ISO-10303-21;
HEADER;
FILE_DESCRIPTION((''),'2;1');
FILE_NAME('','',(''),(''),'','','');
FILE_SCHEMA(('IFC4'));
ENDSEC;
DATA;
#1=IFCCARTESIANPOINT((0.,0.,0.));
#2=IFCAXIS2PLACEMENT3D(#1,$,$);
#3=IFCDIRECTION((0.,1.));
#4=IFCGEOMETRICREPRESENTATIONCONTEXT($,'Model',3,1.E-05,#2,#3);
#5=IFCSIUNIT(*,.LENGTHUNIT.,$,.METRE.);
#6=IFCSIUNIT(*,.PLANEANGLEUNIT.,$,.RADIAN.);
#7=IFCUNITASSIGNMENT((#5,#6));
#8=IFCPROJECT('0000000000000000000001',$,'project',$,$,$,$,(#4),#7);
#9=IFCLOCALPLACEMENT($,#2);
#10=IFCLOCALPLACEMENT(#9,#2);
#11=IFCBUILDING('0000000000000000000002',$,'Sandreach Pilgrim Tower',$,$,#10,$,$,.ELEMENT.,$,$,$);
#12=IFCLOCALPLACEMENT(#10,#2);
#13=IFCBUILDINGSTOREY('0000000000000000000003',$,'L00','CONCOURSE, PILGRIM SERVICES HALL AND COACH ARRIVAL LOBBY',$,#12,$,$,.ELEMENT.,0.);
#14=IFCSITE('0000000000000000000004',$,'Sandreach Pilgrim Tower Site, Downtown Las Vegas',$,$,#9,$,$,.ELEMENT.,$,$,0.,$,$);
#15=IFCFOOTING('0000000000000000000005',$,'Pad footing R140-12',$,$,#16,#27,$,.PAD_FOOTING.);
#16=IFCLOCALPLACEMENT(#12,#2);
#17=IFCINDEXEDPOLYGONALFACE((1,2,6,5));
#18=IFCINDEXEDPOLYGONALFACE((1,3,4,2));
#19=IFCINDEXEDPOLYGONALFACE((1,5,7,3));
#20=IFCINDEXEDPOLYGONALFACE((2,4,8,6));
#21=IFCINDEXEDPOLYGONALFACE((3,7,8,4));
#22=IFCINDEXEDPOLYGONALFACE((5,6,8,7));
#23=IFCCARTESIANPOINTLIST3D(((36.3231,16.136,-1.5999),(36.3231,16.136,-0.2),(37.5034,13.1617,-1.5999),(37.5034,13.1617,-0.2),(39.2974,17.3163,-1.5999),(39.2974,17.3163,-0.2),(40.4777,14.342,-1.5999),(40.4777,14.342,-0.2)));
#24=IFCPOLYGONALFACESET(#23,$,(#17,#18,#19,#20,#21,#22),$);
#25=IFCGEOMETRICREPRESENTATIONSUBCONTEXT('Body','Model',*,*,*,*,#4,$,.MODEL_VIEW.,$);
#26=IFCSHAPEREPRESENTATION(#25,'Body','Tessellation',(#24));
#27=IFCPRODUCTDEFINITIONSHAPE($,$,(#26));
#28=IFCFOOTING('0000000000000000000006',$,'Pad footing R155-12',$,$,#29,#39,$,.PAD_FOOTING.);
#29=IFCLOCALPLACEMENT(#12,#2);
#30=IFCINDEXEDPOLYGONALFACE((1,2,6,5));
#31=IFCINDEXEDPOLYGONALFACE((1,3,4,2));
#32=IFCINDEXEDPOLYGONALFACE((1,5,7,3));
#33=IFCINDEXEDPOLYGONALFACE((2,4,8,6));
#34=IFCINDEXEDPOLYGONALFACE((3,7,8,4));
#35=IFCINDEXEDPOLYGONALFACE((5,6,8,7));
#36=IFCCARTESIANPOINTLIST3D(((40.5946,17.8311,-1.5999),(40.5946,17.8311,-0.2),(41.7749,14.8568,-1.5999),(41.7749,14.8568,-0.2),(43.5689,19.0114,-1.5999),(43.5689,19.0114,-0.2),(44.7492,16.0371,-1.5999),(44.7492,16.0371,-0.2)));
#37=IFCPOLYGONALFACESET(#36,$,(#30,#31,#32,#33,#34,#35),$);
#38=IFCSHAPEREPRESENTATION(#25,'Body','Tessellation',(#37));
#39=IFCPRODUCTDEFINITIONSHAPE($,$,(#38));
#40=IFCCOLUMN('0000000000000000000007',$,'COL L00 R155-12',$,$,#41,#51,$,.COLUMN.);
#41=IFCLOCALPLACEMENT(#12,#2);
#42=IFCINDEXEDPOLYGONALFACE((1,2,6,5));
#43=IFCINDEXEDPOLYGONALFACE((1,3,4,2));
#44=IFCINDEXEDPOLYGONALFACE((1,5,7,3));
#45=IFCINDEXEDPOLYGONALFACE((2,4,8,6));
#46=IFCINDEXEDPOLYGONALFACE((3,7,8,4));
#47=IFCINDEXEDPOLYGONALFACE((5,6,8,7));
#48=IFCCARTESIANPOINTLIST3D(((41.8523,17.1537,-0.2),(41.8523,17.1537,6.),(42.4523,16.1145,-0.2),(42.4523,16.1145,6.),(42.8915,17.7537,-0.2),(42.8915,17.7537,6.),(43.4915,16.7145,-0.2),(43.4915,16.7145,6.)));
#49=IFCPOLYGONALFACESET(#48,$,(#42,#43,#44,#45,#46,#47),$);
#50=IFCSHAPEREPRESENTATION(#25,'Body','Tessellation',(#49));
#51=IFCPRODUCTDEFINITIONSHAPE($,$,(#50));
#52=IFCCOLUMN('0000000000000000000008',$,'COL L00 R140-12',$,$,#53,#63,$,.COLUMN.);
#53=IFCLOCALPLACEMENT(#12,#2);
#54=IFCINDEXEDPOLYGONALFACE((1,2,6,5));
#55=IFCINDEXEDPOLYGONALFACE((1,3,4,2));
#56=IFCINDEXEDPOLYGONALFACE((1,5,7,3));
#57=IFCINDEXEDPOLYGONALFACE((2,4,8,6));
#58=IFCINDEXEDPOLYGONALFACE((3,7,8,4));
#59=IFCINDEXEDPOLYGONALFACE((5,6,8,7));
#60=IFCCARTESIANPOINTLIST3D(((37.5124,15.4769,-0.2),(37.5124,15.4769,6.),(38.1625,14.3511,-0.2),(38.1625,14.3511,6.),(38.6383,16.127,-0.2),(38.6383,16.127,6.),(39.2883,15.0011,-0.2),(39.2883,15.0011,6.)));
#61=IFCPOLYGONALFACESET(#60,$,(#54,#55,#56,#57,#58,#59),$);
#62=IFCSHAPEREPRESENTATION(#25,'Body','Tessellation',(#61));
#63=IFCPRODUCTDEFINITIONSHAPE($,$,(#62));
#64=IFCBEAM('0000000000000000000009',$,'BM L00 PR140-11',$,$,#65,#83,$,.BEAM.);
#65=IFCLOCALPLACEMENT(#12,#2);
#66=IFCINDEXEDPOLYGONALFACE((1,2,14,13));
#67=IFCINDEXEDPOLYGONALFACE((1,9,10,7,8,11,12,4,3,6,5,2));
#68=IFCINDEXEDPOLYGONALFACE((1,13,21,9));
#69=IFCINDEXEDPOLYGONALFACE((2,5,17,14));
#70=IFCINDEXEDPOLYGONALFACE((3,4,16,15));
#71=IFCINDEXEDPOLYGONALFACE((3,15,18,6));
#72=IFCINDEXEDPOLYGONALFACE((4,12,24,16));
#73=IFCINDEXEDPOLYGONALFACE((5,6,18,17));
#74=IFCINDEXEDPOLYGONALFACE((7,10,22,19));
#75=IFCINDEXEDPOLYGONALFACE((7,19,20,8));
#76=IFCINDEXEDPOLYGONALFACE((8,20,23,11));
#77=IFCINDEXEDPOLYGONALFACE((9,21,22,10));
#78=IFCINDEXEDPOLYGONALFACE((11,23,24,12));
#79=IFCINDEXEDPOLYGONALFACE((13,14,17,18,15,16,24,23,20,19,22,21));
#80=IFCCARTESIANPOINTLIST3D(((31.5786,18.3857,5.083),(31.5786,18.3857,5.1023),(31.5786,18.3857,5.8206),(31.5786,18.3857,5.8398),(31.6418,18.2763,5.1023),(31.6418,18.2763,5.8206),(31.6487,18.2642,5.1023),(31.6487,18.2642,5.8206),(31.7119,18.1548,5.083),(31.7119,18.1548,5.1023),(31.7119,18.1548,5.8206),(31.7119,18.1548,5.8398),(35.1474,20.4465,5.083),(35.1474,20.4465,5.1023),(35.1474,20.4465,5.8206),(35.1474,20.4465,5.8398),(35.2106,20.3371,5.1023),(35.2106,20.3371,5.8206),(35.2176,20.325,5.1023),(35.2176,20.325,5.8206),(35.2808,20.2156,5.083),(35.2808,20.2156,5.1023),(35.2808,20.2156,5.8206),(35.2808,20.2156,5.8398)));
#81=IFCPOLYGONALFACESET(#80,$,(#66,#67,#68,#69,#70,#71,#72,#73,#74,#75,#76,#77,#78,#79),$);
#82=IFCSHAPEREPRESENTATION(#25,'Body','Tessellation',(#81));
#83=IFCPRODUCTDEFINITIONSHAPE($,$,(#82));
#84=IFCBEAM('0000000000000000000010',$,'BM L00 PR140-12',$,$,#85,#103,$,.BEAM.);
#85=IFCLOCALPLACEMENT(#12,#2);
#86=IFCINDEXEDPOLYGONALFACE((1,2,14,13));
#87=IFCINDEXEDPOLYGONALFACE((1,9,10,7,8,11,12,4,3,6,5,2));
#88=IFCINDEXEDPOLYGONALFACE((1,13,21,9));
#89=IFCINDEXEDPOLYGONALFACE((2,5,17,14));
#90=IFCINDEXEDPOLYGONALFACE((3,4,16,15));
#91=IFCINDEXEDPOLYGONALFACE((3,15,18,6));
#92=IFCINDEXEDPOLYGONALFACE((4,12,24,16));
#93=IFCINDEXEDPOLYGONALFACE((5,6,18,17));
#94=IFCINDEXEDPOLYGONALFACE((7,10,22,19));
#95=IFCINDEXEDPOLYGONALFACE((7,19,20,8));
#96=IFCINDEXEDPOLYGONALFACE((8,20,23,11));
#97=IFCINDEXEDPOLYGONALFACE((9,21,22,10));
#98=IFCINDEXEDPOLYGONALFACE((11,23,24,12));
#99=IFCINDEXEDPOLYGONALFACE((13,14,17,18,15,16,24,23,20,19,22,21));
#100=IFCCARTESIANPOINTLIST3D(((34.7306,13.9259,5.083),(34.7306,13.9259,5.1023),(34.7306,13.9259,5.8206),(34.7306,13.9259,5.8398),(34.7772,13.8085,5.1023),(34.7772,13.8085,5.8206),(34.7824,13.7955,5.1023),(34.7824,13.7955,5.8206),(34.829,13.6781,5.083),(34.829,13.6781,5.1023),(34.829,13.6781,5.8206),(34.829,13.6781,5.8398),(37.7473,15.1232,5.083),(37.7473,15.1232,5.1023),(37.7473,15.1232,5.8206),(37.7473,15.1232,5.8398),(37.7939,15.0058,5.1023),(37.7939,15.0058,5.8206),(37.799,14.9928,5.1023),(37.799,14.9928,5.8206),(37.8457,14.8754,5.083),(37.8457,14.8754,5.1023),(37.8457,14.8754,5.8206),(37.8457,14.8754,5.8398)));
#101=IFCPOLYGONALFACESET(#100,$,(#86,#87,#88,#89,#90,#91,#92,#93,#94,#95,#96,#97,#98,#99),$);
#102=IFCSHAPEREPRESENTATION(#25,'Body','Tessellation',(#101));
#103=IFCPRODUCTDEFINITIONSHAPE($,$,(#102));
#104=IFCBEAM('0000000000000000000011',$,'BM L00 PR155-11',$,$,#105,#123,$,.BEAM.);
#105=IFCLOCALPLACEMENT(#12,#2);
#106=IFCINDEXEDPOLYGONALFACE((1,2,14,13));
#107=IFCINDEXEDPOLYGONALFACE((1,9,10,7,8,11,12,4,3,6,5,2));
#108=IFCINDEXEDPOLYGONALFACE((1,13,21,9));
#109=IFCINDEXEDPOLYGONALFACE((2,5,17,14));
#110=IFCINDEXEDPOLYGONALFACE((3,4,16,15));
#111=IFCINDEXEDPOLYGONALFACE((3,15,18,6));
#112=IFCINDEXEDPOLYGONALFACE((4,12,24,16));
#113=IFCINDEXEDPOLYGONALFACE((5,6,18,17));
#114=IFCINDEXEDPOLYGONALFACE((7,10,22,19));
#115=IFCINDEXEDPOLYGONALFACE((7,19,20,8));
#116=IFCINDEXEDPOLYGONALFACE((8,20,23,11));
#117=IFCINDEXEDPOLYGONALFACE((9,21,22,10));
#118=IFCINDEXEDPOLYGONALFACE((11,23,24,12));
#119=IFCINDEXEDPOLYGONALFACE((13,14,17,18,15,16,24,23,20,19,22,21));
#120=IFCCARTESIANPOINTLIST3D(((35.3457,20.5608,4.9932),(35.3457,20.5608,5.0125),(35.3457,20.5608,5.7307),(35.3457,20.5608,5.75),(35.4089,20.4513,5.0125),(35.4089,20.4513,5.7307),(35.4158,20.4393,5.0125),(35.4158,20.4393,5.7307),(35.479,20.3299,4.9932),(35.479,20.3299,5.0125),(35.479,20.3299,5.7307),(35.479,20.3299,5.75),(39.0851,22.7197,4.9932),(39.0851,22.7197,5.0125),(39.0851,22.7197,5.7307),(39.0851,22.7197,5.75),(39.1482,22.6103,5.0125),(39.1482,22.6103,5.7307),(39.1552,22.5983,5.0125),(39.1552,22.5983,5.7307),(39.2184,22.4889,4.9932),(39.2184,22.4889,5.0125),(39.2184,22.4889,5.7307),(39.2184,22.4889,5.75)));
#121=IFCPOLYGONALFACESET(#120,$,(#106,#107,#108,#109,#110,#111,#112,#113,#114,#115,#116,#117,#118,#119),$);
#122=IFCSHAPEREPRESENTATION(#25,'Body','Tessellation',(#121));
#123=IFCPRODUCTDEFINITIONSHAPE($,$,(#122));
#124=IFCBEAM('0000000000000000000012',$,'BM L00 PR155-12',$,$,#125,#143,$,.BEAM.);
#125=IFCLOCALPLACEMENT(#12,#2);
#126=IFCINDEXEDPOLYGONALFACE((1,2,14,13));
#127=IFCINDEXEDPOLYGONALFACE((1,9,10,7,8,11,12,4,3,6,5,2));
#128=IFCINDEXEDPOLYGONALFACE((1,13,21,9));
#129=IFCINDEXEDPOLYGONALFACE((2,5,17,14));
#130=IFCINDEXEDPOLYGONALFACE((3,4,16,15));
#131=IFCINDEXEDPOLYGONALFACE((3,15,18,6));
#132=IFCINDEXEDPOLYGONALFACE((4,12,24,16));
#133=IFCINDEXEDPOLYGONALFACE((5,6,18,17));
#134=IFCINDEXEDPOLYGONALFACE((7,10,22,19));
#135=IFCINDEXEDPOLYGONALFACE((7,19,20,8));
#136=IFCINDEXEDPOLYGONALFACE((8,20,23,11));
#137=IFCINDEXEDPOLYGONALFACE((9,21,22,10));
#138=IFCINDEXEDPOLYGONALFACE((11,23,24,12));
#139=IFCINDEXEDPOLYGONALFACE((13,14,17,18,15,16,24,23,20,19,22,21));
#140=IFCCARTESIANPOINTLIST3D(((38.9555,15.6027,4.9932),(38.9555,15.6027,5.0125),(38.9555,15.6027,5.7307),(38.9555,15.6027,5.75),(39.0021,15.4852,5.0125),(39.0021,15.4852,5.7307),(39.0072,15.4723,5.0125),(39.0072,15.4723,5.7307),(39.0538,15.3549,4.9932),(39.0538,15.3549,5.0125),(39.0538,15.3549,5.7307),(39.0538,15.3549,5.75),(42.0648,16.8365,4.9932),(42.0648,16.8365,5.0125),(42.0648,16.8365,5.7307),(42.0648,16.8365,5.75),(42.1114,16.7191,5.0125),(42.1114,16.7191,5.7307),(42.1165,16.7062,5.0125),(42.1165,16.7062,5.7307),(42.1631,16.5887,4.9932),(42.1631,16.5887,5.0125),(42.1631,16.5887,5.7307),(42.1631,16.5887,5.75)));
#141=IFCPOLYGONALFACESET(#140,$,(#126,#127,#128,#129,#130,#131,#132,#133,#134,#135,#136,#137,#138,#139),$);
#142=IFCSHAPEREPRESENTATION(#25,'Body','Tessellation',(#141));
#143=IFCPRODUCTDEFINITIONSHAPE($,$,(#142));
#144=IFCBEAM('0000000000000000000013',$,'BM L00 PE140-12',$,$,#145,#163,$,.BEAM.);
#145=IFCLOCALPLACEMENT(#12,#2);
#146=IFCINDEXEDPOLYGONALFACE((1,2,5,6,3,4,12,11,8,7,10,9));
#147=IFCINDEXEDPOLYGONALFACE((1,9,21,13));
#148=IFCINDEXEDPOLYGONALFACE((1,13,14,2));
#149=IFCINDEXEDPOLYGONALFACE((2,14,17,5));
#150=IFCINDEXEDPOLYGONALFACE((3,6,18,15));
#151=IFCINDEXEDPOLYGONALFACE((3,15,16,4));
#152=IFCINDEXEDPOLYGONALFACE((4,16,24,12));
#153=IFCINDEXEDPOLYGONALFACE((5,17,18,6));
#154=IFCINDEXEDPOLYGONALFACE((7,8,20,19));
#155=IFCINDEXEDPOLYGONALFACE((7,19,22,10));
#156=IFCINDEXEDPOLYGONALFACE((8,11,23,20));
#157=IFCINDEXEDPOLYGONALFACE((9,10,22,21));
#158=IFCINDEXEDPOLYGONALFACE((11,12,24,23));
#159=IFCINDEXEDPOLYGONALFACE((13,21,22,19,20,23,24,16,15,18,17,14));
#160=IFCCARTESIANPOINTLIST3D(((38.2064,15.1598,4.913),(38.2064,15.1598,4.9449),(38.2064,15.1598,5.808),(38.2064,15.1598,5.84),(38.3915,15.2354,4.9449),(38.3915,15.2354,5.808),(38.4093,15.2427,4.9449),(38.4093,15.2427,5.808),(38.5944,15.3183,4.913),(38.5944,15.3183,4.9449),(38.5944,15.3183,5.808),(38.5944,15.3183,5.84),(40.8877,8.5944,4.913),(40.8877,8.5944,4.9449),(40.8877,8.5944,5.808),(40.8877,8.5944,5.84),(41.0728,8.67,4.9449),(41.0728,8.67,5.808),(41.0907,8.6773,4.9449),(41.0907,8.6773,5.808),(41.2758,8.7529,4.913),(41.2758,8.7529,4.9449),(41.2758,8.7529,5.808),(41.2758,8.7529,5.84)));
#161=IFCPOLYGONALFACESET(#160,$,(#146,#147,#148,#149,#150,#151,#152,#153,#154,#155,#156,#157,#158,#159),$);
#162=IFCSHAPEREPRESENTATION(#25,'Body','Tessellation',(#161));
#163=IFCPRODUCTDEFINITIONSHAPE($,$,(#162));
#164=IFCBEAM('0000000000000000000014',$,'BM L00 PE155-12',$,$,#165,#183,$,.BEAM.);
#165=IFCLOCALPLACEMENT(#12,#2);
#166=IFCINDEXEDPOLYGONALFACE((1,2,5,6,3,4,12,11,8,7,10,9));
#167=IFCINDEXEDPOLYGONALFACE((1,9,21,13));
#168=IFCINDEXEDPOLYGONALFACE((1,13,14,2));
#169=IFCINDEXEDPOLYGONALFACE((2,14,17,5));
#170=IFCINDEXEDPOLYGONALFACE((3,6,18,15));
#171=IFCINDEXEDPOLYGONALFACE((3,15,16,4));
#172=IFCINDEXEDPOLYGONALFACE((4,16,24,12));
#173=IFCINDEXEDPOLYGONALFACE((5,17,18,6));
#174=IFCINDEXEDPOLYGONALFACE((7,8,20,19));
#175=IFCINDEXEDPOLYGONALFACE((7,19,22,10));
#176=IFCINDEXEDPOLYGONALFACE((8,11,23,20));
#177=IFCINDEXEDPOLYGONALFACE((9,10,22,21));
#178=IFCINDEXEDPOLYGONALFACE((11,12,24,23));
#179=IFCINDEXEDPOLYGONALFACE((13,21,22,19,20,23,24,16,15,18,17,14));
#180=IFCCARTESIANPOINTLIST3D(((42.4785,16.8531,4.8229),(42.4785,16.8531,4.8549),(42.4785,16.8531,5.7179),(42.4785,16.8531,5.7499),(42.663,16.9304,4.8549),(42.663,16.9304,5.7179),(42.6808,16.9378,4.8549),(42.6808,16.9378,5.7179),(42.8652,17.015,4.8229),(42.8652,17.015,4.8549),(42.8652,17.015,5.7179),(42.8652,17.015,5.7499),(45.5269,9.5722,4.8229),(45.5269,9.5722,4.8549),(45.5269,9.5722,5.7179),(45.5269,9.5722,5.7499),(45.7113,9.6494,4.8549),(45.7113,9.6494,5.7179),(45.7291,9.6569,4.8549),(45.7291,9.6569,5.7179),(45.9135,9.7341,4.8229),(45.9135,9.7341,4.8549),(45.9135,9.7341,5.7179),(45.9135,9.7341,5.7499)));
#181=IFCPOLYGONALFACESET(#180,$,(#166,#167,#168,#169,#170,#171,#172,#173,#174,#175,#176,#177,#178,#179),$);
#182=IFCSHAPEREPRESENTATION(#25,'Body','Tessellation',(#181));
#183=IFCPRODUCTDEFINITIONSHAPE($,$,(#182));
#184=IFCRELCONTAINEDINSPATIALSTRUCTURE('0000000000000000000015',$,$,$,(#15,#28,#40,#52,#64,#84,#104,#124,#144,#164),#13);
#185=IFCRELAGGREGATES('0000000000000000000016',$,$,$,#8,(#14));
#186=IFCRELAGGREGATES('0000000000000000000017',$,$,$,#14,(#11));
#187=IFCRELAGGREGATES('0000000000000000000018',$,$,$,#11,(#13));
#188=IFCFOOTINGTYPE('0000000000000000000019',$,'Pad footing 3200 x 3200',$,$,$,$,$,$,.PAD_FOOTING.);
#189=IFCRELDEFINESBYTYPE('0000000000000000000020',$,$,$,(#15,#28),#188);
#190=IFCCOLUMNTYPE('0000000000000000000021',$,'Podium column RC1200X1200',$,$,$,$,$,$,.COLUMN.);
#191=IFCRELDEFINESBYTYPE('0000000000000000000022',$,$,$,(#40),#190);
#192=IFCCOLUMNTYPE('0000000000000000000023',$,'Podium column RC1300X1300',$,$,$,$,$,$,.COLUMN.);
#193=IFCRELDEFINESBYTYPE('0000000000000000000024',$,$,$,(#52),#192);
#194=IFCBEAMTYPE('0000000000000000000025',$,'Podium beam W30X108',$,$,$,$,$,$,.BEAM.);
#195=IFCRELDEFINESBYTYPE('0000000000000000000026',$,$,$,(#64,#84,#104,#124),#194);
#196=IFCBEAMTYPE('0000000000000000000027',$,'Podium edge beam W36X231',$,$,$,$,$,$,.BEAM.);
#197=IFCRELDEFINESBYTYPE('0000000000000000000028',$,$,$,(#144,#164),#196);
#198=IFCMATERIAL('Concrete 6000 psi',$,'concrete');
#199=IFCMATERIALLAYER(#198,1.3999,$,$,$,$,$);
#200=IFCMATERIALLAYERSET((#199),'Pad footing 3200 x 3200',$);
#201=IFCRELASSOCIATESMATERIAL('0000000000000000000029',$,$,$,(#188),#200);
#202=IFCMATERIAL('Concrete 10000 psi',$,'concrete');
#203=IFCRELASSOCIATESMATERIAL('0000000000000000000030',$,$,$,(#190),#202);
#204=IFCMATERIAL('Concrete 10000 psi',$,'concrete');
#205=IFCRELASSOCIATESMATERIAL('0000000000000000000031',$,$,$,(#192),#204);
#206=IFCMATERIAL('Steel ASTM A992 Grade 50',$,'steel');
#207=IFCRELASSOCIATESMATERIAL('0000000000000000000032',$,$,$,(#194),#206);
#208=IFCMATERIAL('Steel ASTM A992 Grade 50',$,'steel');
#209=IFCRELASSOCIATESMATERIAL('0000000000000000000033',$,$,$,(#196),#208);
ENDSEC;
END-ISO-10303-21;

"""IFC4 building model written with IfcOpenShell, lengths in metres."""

from ifc_helpers import new_model, si_unit, direction, frame, origin, origin_2d, place, context, subcontext, project, spatial, rectangle, i_section, extrude, material, layer, layer_set, material_profile, profile_set, type_object, element, save


model = new_model("IFC4")

# Units and contexts
model_context = context("Model", 3, precision=1e-05, world=origin(), true_north=direction((0.0, 1.0)))
body_context = subcontext(model_context, "Body", "Model", "MODEL_VIEW")
ifc_project = project(units=[si_unit("LENGTHUNIT", "METRE"), si_unit("PLANEANGLEUNIT", "RADIAN")], contexts=[model_context])

# Site, building, storey
site_placement = place(None, origin())
site = spatial("IfcSite", under=ifc_project, at=site_placement, Name="Sandreach Pilgrim Tower Site, Downtown Las Vegas", CompositionType="ELEMENT", RefElevation=0.0)
building_placement = place(site_placement, origin())
building = spatial("IfcBuilding", under=site, at=building_placement, Name="Sandreach Pilgrim Tower", CompositionType="ELEMENT")
storey_placement = place(building_placement, origin())
storey = spatial("IfcBuildingStorey", under=building, at=storey_placement, Name="L00", Description="CONCOURSE, PILGRIM SERVICES HALL AND COACH ARRIVAL LOBBY", CompositionType="ELEMENT", Elevation=0.0)

# Footings
ifc_material_1 = material(Name="Concrete 6000 psi", Category="concrete")
ifc_layer_1 = layer(ifc_material_1, 1.3999)
ifc_layer_set_1 = layer_set([ifc_layer_1], Name="Pad footing 3200 x 3200")
footing_type = type_object("IfcFootingType", Name="Pad footing 3200 x 3200", PredefinedType="PAD_FOOTING", material=ifc_layer_set_1)
for number, where, z_axis, x_axis, name in (
    (1, (38.4004, 15.239, -1.5999), (0.0, 0.0, 1.0), (0.929485, 0.36886, 0.0), "Pad footing R140-12"),
    (2, (42.6719, 16.9341, -1.5999), (0.0, 0.0, 1.0), (0.929485, 0.36886, 0.0), "Pad footing R155-12"),
):
    element("IfcFooting", number, at=place(storey_placement, frame(where, z_axis=z_axis, x_axis=x_axis)), inside=storey, type_object=footing_type, Name=name, PredefinedType="PAD_FOOTING", context=body_context, shape_type="SweptSolid", body=[
        extrude(rectangle(XDim=3.2, YDim=3.2, at=origin_2d()), origin(), (0.0, 0.0, 1.0), 1.3999),
    ])

# Columns
ifc_material_2 = material(Name="Concrete 10000 psi", Category="concrete")
ifc_material_profile_1 = material_profile(ifc_material_2, rectangle(XDim=1.2, YDim=1.2, at=origin_2d()), Name="RC1200X1200")
ifc_profile_set_1 = profile_set([ifc_material_profile_1], Name="Concrete 10000 psi")
column_type_1 = type_object("IfcColumnType", Name="Podium column RC1200X1200", PredefinedType="COLUMN", material=ifc_profile_set_1)
column_1_placement = place(storey_placement, frame((42.6719, 16.9341, -0.2), z_axis=(0.0, 0.0, 1.0), x_axis=(0.866025, 0.5, 0.0)))
element("IfcColumn", 3, at=column_1_placement, inside=storey, type_object=column_type_1, Name="COL L00 R155-12", PredefinedType="COLUMN", context=body_context, shape_type="SweptSolid", body=[
    extrude(rectangle(XDim=1.2, YDim=1.2, at=origin_2d()), origin(), (0.0, 0.0, 1.0), 6.2),
])
ifc_material_3 = material(Name="Concrete 10000 psi", Category="concrete")
ifc_material_profile_2 = material_profile(ifc_material_3, rectangle(XDim=1.3, YDim=1.3, at=origin_2d()), Name="RC1300X1300")
ifc_profile_set_2 = profile_set([ifc_material_profile_2], Name="Concrete 10000 psi")
column_type_2 = type_object("IfcColumnType", Name="Podium column RC1300X1300", PredefinedType="COLUMN", material=ifc_profile_set_2)
column_2_placement = place(storey_placement, frame((38.4004, 15.239, -0.2), z_axis=(0.0, 0.0, 1.0), x_axis=(0.866025, 0.5, 0.0)))
element("IfcColumn", 4, at=column_2_placement, inside=storey, type_object=column_type_2, Name="COL L00 R140-12", PredefinedType="COLUMN", context=body_context, shape_type="SweptSolid", body=[
    extrude(rectangle(XDim=1.3, YDim=1.3, at=origin_2d()), origin(), (0.0, 0.0, 1.0), 6.2),
])

# Beams
ifc_material_4 = material(Name="Steel ASTM A992 Grade 50", Category="steel")
ifc_material_profile_3 = material_profile(ifc_material_4, i_section(OverallWidth=0.2666, OverallDepth=0.7568, WebThickness=0.0139, FlangeThickness=0.0193, at=origin_2d()), Name="W30X108")
ifc_profile_set_3 = profile_set([ifc_material_profile_3], Name="Steel ASTM A992 Grade 50")
beam_type_1 = type_object("IfcBeamType", Name="Podium beam W30X108", PredefinedType="BEAM", material=ifc_profile_set_3)
beam_1_placement = place(storey_placement, frame((31.6453, 18.2703, 5.4614), z_axis=(0.865992, 0.500057, 0.0), x_axis=(-0.500057, 0.865992, 0.0)))
element("IfcBeam", 5, at=beam_1_placement, inside=storey, type_object=beam_type_1, Name="BM L00 PR140-11", PredefinedType="BEAM", context=body_context, shape_type="SweptSolid", body=[
    extrude(i_section(OverallWidth=0.2666, OverallDepth=0.7568, WebThickness=0.0139, FlangeThickness=0.0193, at=origin_2d()), origin(), (0.0, 0.0, 1.0), 4.1211),
])
beam_2_placement = place(storey_placement, frame((34.7798, 13.802, 5.4614), z_axis=(0.929469, 0.368899, 0.0), x_axis=(-0.368899, 0.929469, 0.0)))
element("IfcBeam", 6, at=beam_2_placement, inside=storey, type_object=beam_type_1, Name="BM L00 PR140-12", PredefinedType="BEAM", context=body_context, shape_type="SweptSolid", body=[
    extrude(i_section(OverallWidth=0.2666, OverallDepth=0.7568, WebThickness=0.0139, FlangeThickness=0.0193, at=origin_2d()), origin(), (0.0, 0.0, 1.0), 3.2456),
])
beam_3_placement = place(storey_placement, frame((35.4124, 20.4453, 5.3716), z_axis=(0.866018, 0.500013, 0.0), x_axis=(-0.500013, 0.866018, 0.0)))
element("IfcBeam", 7, at=beam_3_placement, inside=storey, type_object=beam_type_1, Name="BM L00 PR155-11", PredefinedType="BEAM", context=body_context, shape_type="SweptSolid", body=[
    extrude(i_section(OverallWidth=0.2666, OverallDepth=0.7568, WebThickness=0.0139, FlangeThickness=0.0193, at=origin_2d()), origin(), (0.0, 0.0, 1.0), 4.3179),
])
beam_4_placement = place(storey_placement, frame((39.0046, 15.4788, 5.3716), z_axis=(0.92949, 0.368848, 0.0), x_axis=(-0.368848, 0.92949, 0.0)))
element("IfcBeam", 8, at=beam_4_placement, inside=storey, type_object=beam_type_1, Name="BM L00 PR155-12", PredefinedType="BEAM", context=body_context, shape_type="SweptSolid", body=[
    extrude(i_section(OverallWidth=0.2666, OverallDepth=0.7568, WebThickness=0.0139, FlangeThickness=0.0193, at=origin_2d()), origin(), (0.0, 0.0, 1.0), 3.3452),
])
ifc_material_5 = material(Name="Steel ASTM A992 Grade 50", Category="steel")
ifc_material_profile_4 = material_profile(ifc_material_5, i_section(OverallWidth=0.4192, OverallDepth=0.927, WebThickness=0.0193, FlangeThickness=0.032, at=origin_2d()), Name="W36X231")
ifc_profile_set_4 = profile_set([ifc_material_profile_4], Name="Steel ASTM A992 Grade 50")
beam_type_2 = type_object("IfcBeamType", Name="Podium edge beam W36X231", PredefinedType="BEAM", material=ifc_profile_set_4)
beam_5_placement = place(storey_placement, frame((38.4004, 15.239, 5.3765), z_axis=(0.378094, -0.925767, 0.0), x_axis=(0.925767, 0.378094, 0.0)))
element("IfcBeam", 9, at=beam_5_placement, inside=storey, type_object=beam_type_2, Name="BM L00 PE140-12", PredefinedType="BEAM", context=body_context, shape_type="SweptSolid", body=[
    extrude(i_section(OverallWidth=0.4192, OverallDepth=0.927, WebThickness=0.0193, FlangeThickness=0.032, at=origin_2d()), origin(), (0.0, 0.0, 1.0), 7.0918),
])
beam_6_placement = place(storey_placement, frame((42.6719, 16.9341, 5.2864), z_axis=(0.386189, -0.922419, 0.0), x_axis=(0.922419, 0.386189, 0.0)))
element("IfcBeam", 10, at=beam_6_placement, inside=storey, type_object=beam_type_2, Name="BM L00 PE155-12", PredefinedType="BEAM", context=body_context, shape_type="SweptSolid", body=[
    extrude(i_section(OverallWidth=0.4192, OverallDepth=0.927, WebThickness=0.0193, FlangeThickness=0.032, at=origin_2d()), origin(), (0.0, 0.0, 1.0), 7.8933),
])

save(model, "model.ifc")
